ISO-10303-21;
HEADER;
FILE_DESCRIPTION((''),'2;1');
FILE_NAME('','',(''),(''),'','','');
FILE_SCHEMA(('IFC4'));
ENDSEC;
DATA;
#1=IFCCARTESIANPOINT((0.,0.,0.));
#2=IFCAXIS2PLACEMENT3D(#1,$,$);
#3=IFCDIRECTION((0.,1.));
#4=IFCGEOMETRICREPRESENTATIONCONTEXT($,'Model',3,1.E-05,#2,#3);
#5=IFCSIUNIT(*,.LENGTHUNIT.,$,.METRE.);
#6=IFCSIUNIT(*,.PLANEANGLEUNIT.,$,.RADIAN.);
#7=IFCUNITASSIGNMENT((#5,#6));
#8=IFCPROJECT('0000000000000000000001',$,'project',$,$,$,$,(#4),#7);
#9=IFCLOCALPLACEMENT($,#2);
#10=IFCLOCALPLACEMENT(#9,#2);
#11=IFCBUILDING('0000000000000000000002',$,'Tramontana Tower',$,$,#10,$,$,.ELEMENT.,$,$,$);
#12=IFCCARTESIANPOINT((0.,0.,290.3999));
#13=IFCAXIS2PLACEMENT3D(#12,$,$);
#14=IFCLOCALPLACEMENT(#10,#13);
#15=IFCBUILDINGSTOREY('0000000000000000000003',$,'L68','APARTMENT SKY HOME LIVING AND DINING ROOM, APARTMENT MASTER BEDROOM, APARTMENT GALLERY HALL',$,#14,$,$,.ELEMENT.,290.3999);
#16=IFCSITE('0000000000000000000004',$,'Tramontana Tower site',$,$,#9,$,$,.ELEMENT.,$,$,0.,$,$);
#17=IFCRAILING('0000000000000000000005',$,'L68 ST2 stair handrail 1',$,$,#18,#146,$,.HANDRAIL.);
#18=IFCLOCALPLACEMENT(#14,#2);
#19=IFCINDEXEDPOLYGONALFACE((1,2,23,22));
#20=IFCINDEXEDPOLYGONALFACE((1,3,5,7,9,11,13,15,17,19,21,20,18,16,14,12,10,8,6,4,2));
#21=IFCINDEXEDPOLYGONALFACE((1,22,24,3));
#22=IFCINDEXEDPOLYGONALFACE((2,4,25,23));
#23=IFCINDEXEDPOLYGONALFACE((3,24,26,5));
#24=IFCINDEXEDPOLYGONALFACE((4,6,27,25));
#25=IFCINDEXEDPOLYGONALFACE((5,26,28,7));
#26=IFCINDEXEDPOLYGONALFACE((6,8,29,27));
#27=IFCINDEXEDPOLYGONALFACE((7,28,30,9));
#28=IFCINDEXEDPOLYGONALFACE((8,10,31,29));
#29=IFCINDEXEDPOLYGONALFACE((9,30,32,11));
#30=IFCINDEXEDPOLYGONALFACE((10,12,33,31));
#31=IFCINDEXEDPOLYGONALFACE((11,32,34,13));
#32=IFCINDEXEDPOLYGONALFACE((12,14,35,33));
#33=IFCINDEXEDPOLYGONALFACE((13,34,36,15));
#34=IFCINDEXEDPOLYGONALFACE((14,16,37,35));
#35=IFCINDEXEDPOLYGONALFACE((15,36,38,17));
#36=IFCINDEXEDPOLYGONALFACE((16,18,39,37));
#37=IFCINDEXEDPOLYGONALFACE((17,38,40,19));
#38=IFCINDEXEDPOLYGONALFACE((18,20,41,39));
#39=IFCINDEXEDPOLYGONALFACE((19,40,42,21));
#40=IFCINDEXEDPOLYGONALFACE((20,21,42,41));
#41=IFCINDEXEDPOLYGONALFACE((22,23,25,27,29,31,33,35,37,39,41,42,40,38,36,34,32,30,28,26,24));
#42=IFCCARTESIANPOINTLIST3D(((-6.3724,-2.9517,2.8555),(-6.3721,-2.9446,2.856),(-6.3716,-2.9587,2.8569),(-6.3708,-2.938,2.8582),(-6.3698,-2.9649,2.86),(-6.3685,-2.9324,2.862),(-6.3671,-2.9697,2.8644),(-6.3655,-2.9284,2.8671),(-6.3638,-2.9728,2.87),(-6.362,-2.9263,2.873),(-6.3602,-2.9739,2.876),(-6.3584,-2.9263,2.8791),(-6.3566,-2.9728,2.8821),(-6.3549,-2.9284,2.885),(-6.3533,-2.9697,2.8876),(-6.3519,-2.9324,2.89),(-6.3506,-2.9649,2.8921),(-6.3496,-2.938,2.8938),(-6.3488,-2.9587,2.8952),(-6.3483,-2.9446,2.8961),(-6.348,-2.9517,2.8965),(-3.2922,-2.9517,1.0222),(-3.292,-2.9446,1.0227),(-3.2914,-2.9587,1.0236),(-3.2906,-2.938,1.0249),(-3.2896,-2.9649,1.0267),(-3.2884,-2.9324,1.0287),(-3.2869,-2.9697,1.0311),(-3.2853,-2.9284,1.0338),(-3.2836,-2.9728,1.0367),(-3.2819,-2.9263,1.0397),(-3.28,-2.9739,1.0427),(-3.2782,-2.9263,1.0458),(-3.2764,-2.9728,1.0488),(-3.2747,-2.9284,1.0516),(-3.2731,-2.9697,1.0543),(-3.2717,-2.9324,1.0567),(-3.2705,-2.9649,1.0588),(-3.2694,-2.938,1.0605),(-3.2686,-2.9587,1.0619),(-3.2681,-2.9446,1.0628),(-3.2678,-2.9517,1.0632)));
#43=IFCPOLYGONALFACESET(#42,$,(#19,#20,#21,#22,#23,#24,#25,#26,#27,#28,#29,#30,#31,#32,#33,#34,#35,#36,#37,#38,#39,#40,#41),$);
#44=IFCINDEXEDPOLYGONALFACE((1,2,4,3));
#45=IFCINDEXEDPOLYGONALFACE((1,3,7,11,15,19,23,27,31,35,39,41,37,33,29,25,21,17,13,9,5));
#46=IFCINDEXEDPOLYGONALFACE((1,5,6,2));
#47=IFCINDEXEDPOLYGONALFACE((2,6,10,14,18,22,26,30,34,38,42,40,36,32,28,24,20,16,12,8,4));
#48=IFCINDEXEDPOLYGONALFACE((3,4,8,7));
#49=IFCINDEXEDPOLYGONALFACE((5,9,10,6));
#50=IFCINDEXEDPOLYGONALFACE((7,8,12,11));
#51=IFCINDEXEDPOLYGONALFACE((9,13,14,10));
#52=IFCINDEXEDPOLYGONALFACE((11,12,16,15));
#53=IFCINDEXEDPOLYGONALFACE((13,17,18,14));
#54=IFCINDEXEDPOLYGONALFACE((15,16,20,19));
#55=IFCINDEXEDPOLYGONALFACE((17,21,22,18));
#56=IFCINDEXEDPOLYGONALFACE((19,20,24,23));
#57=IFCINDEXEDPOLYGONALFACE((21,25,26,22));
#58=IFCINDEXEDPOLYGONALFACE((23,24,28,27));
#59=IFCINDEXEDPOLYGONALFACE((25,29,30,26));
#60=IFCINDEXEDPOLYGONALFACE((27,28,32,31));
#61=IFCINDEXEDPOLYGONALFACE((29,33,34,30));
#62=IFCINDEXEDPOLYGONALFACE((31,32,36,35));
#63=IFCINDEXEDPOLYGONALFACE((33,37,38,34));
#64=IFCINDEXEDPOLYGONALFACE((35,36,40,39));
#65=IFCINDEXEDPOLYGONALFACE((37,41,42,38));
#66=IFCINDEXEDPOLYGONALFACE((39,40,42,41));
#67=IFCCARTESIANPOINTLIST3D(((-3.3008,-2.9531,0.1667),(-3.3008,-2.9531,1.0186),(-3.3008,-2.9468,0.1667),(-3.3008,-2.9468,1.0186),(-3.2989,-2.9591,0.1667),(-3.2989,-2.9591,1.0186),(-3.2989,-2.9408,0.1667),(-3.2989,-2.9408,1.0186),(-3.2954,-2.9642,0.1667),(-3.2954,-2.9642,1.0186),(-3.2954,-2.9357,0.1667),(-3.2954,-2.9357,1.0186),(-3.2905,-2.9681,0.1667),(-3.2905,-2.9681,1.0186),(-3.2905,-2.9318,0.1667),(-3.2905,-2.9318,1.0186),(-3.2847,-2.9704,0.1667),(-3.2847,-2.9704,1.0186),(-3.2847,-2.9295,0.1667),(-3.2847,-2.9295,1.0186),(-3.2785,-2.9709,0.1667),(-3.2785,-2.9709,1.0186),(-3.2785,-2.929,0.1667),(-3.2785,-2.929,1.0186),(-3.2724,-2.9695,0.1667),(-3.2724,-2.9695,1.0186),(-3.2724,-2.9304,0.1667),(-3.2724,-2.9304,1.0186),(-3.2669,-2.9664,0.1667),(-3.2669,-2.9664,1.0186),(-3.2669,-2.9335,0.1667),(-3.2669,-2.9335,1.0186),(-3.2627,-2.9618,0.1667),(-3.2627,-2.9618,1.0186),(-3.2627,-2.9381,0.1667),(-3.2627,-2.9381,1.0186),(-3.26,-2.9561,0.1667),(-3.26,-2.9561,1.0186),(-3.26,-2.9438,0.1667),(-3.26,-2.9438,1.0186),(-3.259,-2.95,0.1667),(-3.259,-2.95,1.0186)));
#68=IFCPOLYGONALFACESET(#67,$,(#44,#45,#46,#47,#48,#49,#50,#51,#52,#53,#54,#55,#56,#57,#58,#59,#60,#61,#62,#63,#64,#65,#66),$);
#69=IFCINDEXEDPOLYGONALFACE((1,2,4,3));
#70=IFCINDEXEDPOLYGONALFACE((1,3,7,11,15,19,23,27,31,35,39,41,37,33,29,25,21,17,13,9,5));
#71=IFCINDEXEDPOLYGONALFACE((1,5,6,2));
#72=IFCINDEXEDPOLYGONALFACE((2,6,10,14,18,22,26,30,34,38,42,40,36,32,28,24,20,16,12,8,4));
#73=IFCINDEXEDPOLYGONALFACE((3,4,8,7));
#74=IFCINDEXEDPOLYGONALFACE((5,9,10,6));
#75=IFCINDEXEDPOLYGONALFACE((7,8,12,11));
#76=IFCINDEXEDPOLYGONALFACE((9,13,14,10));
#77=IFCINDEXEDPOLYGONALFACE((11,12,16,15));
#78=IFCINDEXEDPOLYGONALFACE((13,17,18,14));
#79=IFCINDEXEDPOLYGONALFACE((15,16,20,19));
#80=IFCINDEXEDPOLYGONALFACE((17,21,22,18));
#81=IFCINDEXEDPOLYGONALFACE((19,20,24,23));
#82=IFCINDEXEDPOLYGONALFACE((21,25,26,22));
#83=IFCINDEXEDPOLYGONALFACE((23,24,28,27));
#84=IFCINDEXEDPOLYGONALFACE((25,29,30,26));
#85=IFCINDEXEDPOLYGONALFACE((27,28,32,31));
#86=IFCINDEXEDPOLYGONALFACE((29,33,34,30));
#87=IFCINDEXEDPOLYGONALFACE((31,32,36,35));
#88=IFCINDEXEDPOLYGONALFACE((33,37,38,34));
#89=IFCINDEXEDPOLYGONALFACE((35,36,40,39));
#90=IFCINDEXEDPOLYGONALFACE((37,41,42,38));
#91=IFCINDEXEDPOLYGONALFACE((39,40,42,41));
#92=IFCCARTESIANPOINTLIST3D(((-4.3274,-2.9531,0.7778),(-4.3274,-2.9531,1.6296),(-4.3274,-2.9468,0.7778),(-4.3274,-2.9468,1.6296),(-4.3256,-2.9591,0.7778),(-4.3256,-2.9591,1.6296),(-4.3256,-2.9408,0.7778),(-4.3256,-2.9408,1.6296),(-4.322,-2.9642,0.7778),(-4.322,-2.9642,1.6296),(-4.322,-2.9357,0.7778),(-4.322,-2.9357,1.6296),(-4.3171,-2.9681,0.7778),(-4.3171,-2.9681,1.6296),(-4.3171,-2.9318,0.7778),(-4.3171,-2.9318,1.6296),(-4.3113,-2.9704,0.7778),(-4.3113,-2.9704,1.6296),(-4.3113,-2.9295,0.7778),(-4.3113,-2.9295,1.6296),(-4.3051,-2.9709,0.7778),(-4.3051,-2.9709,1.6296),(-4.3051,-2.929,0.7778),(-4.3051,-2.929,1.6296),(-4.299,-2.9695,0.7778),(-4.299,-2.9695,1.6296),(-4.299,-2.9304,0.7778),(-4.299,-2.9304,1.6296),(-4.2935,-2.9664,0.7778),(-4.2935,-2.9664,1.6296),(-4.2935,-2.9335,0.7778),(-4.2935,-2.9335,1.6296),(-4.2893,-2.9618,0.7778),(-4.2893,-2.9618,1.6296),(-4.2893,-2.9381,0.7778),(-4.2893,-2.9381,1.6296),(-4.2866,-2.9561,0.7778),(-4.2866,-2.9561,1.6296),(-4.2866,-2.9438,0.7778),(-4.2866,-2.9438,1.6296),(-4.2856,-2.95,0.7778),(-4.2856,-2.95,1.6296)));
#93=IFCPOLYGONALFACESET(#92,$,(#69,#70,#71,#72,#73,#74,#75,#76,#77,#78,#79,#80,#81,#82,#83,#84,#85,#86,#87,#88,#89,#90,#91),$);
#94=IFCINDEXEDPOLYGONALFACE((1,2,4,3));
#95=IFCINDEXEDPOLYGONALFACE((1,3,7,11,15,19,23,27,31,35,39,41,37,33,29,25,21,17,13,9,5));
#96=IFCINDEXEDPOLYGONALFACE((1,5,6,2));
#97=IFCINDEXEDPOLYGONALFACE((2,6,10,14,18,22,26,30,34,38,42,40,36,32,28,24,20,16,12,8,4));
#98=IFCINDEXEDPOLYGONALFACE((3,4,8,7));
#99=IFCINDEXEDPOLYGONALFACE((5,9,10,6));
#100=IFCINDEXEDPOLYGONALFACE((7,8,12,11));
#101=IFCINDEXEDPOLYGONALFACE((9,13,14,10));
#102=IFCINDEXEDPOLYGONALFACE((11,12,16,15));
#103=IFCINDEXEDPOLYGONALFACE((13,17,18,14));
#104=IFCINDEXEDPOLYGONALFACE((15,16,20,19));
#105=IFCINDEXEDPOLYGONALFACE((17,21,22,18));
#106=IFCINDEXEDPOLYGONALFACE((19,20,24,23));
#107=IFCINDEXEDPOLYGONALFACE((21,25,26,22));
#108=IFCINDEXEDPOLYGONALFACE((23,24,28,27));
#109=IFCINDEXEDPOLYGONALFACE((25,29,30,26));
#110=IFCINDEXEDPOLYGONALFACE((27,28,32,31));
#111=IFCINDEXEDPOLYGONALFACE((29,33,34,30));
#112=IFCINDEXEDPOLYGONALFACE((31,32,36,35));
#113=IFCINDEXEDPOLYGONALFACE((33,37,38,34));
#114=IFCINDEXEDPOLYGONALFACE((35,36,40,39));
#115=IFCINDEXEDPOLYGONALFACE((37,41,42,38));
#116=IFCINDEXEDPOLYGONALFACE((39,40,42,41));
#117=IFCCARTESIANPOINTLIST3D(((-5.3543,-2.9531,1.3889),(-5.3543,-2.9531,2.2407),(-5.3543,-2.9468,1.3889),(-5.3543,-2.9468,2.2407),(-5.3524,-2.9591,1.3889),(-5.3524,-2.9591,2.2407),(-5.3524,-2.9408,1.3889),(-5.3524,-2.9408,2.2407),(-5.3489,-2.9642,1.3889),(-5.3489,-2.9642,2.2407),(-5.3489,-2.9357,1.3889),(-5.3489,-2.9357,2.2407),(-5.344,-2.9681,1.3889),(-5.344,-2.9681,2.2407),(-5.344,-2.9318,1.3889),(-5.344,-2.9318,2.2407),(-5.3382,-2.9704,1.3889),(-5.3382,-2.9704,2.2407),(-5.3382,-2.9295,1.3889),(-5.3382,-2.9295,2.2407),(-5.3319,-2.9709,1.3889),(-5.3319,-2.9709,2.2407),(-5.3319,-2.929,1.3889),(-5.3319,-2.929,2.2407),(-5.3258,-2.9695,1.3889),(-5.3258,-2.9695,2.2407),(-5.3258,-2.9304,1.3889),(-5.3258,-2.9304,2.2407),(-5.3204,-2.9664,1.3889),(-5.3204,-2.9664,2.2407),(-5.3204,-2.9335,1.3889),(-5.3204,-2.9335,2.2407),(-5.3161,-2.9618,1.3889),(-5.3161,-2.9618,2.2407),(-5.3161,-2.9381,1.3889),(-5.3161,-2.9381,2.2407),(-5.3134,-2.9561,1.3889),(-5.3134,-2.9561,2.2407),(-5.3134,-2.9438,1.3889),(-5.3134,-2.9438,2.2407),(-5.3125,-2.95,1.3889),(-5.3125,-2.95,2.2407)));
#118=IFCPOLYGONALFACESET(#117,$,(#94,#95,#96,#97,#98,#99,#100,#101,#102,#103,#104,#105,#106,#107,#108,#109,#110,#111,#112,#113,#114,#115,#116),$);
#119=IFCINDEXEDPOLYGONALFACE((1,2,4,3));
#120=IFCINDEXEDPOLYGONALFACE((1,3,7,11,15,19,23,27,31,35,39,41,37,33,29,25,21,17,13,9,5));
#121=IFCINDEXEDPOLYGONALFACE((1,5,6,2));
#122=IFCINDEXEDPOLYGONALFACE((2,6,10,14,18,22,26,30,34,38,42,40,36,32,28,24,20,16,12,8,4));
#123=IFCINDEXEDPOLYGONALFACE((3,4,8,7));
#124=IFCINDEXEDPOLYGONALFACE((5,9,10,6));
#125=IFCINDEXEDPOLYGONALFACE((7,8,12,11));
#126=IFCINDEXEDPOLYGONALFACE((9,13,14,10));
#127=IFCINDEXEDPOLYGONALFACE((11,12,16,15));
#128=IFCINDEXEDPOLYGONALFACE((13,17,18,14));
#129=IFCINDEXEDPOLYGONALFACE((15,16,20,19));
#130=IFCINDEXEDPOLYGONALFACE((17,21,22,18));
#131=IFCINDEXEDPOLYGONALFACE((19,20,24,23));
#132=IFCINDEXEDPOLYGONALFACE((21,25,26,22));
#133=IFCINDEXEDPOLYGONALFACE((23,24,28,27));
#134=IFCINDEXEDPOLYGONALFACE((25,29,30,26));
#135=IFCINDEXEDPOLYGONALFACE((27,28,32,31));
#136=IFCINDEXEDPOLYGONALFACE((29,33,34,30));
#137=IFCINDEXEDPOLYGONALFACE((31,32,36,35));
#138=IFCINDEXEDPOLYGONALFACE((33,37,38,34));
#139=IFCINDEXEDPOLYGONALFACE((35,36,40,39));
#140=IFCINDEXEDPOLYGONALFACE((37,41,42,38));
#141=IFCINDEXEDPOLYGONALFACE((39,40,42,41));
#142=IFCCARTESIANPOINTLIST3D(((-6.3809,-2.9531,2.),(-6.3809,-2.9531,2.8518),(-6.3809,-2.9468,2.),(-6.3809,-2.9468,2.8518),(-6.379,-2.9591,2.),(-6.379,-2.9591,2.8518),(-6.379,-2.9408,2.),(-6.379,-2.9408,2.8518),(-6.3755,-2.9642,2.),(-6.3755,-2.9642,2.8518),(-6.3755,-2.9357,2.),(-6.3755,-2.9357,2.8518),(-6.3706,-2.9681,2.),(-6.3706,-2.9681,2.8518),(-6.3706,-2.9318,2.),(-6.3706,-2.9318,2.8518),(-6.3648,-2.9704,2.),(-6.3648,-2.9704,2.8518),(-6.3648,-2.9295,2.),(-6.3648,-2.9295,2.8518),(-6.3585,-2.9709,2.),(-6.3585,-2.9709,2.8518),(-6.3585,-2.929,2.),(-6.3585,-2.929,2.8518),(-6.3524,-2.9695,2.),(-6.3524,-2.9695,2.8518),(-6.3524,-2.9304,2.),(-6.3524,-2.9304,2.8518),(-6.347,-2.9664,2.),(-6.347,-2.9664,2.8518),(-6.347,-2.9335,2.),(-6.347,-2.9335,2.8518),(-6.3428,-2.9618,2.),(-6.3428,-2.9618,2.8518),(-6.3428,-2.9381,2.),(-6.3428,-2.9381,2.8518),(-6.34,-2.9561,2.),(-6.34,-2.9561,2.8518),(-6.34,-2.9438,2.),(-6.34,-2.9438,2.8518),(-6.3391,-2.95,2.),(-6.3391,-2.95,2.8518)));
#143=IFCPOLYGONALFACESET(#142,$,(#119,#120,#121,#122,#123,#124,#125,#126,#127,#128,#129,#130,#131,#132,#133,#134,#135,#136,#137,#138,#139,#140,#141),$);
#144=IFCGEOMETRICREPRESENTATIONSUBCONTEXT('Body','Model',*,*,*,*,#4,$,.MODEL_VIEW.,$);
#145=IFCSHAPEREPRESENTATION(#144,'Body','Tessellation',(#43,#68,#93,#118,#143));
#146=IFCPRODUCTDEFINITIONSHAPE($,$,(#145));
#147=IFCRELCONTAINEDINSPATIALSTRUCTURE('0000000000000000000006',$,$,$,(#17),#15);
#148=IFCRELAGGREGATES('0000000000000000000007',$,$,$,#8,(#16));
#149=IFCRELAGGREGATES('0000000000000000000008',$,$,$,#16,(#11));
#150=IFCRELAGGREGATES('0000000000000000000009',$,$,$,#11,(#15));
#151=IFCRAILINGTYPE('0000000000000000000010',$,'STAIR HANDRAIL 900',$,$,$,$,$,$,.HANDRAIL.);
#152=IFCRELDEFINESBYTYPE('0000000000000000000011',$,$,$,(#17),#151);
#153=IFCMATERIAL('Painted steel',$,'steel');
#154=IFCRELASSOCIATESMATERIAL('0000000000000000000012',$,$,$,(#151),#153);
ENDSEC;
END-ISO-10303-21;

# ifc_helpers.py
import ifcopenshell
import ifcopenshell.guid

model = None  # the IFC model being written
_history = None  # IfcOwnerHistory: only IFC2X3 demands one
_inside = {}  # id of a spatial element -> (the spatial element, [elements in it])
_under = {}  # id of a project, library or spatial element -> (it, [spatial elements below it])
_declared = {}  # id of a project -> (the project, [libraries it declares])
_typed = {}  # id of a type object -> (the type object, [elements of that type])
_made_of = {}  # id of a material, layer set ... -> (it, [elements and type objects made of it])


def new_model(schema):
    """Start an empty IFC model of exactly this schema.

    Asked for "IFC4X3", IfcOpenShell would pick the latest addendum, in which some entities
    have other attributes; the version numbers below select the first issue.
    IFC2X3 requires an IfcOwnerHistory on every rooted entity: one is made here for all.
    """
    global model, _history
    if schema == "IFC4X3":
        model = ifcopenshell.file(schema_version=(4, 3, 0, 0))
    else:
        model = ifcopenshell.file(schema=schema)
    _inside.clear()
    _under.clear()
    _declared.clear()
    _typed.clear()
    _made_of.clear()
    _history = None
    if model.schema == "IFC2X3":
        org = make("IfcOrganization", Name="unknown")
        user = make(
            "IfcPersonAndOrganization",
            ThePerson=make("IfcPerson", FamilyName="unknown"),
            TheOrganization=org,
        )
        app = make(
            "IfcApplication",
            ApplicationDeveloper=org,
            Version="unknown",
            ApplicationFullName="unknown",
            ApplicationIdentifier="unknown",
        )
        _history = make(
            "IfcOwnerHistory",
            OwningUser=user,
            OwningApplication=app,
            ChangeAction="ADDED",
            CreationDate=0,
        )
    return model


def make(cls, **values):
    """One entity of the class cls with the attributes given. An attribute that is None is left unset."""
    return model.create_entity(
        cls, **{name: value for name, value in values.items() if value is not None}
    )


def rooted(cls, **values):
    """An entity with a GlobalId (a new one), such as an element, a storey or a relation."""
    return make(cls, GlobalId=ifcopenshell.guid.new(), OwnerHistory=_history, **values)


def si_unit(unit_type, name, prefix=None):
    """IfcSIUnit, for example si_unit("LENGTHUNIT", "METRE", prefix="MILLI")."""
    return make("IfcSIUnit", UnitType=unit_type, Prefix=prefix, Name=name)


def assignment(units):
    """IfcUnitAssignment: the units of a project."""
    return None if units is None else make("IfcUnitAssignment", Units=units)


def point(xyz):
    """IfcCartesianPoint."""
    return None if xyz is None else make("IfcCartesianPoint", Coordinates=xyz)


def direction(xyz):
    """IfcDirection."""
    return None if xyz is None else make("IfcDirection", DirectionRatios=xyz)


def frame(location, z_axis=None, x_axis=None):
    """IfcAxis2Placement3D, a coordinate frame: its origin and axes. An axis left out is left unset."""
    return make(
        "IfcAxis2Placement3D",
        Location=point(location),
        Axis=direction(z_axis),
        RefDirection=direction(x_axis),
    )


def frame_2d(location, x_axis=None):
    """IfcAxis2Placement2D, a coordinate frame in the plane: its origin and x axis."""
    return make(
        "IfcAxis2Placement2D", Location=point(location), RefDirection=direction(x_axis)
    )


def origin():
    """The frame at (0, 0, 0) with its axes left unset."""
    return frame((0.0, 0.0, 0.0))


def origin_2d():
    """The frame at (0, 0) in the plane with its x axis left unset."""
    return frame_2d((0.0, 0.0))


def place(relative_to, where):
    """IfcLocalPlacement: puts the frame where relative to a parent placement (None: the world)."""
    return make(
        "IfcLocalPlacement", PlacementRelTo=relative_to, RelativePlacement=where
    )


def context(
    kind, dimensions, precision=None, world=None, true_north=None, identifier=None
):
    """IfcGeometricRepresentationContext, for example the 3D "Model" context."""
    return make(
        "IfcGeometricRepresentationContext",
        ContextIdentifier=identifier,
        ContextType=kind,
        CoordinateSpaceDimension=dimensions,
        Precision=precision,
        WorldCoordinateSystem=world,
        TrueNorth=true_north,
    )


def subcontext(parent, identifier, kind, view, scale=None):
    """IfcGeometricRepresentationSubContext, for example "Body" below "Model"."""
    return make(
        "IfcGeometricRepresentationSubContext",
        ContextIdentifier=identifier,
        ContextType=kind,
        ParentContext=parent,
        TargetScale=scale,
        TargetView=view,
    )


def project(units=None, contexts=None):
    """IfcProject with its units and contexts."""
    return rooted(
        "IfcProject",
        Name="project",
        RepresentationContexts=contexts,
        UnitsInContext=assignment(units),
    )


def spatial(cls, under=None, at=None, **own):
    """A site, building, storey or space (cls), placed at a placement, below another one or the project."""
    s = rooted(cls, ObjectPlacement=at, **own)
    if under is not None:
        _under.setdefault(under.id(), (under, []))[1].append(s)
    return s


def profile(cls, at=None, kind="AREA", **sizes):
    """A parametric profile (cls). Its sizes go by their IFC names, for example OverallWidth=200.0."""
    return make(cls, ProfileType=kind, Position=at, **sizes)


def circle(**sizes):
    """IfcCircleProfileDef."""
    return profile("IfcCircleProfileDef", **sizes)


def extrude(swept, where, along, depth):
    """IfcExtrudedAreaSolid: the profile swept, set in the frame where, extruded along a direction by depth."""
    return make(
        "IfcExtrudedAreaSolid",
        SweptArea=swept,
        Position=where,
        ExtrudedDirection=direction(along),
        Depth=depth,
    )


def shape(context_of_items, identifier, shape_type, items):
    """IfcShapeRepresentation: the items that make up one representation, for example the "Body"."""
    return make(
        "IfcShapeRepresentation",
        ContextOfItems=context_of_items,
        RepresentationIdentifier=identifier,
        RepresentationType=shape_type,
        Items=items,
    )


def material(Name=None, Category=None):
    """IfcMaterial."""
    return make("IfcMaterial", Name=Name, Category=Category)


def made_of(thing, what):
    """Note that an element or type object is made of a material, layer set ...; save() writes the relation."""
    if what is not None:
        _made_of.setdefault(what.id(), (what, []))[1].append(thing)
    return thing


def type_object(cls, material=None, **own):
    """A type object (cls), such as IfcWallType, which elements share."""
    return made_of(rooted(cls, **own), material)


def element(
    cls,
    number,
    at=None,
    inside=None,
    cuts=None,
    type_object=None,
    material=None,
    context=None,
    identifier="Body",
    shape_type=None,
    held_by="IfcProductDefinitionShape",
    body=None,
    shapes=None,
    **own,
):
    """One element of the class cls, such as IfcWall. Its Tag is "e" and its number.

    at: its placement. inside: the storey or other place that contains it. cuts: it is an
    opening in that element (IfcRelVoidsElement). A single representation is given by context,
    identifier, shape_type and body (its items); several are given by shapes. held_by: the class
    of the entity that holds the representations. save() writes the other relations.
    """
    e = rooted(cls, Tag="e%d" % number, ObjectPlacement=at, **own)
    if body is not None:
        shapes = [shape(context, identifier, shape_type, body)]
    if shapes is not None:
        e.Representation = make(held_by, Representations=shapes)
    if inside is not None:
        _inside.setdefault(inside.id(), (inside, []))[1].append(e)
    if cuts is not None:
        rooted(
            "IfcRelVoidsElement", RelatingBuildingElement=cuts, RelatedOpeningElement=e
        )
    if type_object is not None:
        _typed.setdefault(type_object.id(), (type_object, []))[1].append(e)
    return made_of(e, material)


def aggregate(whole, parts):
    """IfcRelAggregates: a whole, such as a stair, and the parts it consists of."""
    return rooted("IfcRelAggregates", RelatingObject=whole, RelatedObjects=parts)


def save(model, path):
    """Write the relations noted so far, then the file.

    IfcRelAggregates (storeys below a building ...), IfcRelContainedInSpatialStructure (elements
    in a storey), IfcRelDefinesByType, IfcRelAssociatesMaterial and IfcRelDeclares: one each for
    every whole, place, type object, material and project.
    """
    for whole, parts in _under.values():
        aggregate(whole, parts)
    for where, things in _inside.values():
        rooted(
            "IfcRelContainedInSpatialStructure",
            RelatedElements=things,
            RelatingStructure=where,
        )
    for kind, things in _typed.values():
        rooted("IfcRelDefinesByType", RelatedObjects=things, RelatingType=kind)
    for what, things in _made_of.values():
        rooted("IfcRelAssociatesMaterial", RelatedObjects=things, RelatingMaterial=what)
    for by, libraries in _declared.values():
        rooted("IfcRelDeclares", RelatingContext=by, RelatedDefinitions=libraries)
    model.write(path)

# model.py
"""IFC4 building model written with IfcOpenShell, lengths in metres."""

from ifc_helpers import new_model, si_unit, direction, frame, origin, origin_2d, place, context, subcontext, project, spatial, circle, extrude, material, type_object, element, save


model = new_model("IFC4")

# Units and contexts
model_context = context("Model", 3, precision=1e-05, world=origin(), true_north=direction((0.0, 1.0)))
body_context = subcontext(model_context, "Body", "Model", "MODEL_VIEW")
ifc_project = project(units=[si_unit("LENGTHUNIT", "METRE"), si_unit("PLANEANGLEUNIT", "RADIAN")], contexts=[model_context])

# Site, building, storey
site_placement = place(None, origin())
site = spatial("IfcSite", under=ifc_project, at=site_placement, Name="Tramontana Tower site", CompositionType="ELEMENT", RefElevation=0.0)
building_placement = place(site_placement, origin())
building = spatial("IfcBuilding", under=site, at=building_placement, Name="Tramontana Tower", CompositionType="ELEMENT")
storey_placement = place(building_placement, frame((0.0, 0.0, 290.3999)))
storey = spatial("IfcBuildingStorey", under=building, at=storey_placement, Name="L68", Description="APARTMENT SKY HOME LIVING AND DINING ROOM, APARTMENT MASTER BEDROOM, APARTMENT GALLERY HALL", CompositionType="ELEMENT", Elevation=290.3999)

# Railing
ifc_material_1 = material(Name="Painted steel", Category="steel")
railing_type_1 = type_object("IfcRailingType", Name="STAIR HANDRAIL 900", PredefinedType="HANDRAIL", material=ifc_material_1)
railing_1_placement = place(storey_placement, frame((-3.28, -2.95, 0.1667)))
element("IfcRailing", 1, at=railing_1_placement, inside=storey, type_object=railing_type_1, Name="L68 ST2 stair handrail 1", PredefinedType="HANDRAIL", context=body_context, shape_type="SweptSolid", body=[
    extrude(circle(Radius=0.0239, at=origin_2d()), frame((0.0, 0.0, 0.876), z_axis=(-0.859309, 0.0, 0.511458), x_axis=(0.0, -1.0, 0.0)), (0.0, 0.0, 1.0), 3.5845),
    extrude(circle(Radius=0.021, at=origin_2d()), origin(), (0.0, 0.0, 1.0), 0.8518),
    extrude(circle(Radius=0.021, at=origin_2d()), frame((-1.0266, 0.0, 0.6111)), (0.0, 0.0, 1.0), 0.8518),
    extrude(circle(Radius=0.021, at=origin_2d()), frame((-2.0535, 0.0, 1.2222)), (0.0, 0.0, 1.0), 0.8518),
    extrude(circle(Radius=0.021, at=origin_2d()), frame((-3.0801, 0.0, 1.8333)), (0.0, 0.0, 1.0), 0.8518),
])

save(model, "model.ifc")
